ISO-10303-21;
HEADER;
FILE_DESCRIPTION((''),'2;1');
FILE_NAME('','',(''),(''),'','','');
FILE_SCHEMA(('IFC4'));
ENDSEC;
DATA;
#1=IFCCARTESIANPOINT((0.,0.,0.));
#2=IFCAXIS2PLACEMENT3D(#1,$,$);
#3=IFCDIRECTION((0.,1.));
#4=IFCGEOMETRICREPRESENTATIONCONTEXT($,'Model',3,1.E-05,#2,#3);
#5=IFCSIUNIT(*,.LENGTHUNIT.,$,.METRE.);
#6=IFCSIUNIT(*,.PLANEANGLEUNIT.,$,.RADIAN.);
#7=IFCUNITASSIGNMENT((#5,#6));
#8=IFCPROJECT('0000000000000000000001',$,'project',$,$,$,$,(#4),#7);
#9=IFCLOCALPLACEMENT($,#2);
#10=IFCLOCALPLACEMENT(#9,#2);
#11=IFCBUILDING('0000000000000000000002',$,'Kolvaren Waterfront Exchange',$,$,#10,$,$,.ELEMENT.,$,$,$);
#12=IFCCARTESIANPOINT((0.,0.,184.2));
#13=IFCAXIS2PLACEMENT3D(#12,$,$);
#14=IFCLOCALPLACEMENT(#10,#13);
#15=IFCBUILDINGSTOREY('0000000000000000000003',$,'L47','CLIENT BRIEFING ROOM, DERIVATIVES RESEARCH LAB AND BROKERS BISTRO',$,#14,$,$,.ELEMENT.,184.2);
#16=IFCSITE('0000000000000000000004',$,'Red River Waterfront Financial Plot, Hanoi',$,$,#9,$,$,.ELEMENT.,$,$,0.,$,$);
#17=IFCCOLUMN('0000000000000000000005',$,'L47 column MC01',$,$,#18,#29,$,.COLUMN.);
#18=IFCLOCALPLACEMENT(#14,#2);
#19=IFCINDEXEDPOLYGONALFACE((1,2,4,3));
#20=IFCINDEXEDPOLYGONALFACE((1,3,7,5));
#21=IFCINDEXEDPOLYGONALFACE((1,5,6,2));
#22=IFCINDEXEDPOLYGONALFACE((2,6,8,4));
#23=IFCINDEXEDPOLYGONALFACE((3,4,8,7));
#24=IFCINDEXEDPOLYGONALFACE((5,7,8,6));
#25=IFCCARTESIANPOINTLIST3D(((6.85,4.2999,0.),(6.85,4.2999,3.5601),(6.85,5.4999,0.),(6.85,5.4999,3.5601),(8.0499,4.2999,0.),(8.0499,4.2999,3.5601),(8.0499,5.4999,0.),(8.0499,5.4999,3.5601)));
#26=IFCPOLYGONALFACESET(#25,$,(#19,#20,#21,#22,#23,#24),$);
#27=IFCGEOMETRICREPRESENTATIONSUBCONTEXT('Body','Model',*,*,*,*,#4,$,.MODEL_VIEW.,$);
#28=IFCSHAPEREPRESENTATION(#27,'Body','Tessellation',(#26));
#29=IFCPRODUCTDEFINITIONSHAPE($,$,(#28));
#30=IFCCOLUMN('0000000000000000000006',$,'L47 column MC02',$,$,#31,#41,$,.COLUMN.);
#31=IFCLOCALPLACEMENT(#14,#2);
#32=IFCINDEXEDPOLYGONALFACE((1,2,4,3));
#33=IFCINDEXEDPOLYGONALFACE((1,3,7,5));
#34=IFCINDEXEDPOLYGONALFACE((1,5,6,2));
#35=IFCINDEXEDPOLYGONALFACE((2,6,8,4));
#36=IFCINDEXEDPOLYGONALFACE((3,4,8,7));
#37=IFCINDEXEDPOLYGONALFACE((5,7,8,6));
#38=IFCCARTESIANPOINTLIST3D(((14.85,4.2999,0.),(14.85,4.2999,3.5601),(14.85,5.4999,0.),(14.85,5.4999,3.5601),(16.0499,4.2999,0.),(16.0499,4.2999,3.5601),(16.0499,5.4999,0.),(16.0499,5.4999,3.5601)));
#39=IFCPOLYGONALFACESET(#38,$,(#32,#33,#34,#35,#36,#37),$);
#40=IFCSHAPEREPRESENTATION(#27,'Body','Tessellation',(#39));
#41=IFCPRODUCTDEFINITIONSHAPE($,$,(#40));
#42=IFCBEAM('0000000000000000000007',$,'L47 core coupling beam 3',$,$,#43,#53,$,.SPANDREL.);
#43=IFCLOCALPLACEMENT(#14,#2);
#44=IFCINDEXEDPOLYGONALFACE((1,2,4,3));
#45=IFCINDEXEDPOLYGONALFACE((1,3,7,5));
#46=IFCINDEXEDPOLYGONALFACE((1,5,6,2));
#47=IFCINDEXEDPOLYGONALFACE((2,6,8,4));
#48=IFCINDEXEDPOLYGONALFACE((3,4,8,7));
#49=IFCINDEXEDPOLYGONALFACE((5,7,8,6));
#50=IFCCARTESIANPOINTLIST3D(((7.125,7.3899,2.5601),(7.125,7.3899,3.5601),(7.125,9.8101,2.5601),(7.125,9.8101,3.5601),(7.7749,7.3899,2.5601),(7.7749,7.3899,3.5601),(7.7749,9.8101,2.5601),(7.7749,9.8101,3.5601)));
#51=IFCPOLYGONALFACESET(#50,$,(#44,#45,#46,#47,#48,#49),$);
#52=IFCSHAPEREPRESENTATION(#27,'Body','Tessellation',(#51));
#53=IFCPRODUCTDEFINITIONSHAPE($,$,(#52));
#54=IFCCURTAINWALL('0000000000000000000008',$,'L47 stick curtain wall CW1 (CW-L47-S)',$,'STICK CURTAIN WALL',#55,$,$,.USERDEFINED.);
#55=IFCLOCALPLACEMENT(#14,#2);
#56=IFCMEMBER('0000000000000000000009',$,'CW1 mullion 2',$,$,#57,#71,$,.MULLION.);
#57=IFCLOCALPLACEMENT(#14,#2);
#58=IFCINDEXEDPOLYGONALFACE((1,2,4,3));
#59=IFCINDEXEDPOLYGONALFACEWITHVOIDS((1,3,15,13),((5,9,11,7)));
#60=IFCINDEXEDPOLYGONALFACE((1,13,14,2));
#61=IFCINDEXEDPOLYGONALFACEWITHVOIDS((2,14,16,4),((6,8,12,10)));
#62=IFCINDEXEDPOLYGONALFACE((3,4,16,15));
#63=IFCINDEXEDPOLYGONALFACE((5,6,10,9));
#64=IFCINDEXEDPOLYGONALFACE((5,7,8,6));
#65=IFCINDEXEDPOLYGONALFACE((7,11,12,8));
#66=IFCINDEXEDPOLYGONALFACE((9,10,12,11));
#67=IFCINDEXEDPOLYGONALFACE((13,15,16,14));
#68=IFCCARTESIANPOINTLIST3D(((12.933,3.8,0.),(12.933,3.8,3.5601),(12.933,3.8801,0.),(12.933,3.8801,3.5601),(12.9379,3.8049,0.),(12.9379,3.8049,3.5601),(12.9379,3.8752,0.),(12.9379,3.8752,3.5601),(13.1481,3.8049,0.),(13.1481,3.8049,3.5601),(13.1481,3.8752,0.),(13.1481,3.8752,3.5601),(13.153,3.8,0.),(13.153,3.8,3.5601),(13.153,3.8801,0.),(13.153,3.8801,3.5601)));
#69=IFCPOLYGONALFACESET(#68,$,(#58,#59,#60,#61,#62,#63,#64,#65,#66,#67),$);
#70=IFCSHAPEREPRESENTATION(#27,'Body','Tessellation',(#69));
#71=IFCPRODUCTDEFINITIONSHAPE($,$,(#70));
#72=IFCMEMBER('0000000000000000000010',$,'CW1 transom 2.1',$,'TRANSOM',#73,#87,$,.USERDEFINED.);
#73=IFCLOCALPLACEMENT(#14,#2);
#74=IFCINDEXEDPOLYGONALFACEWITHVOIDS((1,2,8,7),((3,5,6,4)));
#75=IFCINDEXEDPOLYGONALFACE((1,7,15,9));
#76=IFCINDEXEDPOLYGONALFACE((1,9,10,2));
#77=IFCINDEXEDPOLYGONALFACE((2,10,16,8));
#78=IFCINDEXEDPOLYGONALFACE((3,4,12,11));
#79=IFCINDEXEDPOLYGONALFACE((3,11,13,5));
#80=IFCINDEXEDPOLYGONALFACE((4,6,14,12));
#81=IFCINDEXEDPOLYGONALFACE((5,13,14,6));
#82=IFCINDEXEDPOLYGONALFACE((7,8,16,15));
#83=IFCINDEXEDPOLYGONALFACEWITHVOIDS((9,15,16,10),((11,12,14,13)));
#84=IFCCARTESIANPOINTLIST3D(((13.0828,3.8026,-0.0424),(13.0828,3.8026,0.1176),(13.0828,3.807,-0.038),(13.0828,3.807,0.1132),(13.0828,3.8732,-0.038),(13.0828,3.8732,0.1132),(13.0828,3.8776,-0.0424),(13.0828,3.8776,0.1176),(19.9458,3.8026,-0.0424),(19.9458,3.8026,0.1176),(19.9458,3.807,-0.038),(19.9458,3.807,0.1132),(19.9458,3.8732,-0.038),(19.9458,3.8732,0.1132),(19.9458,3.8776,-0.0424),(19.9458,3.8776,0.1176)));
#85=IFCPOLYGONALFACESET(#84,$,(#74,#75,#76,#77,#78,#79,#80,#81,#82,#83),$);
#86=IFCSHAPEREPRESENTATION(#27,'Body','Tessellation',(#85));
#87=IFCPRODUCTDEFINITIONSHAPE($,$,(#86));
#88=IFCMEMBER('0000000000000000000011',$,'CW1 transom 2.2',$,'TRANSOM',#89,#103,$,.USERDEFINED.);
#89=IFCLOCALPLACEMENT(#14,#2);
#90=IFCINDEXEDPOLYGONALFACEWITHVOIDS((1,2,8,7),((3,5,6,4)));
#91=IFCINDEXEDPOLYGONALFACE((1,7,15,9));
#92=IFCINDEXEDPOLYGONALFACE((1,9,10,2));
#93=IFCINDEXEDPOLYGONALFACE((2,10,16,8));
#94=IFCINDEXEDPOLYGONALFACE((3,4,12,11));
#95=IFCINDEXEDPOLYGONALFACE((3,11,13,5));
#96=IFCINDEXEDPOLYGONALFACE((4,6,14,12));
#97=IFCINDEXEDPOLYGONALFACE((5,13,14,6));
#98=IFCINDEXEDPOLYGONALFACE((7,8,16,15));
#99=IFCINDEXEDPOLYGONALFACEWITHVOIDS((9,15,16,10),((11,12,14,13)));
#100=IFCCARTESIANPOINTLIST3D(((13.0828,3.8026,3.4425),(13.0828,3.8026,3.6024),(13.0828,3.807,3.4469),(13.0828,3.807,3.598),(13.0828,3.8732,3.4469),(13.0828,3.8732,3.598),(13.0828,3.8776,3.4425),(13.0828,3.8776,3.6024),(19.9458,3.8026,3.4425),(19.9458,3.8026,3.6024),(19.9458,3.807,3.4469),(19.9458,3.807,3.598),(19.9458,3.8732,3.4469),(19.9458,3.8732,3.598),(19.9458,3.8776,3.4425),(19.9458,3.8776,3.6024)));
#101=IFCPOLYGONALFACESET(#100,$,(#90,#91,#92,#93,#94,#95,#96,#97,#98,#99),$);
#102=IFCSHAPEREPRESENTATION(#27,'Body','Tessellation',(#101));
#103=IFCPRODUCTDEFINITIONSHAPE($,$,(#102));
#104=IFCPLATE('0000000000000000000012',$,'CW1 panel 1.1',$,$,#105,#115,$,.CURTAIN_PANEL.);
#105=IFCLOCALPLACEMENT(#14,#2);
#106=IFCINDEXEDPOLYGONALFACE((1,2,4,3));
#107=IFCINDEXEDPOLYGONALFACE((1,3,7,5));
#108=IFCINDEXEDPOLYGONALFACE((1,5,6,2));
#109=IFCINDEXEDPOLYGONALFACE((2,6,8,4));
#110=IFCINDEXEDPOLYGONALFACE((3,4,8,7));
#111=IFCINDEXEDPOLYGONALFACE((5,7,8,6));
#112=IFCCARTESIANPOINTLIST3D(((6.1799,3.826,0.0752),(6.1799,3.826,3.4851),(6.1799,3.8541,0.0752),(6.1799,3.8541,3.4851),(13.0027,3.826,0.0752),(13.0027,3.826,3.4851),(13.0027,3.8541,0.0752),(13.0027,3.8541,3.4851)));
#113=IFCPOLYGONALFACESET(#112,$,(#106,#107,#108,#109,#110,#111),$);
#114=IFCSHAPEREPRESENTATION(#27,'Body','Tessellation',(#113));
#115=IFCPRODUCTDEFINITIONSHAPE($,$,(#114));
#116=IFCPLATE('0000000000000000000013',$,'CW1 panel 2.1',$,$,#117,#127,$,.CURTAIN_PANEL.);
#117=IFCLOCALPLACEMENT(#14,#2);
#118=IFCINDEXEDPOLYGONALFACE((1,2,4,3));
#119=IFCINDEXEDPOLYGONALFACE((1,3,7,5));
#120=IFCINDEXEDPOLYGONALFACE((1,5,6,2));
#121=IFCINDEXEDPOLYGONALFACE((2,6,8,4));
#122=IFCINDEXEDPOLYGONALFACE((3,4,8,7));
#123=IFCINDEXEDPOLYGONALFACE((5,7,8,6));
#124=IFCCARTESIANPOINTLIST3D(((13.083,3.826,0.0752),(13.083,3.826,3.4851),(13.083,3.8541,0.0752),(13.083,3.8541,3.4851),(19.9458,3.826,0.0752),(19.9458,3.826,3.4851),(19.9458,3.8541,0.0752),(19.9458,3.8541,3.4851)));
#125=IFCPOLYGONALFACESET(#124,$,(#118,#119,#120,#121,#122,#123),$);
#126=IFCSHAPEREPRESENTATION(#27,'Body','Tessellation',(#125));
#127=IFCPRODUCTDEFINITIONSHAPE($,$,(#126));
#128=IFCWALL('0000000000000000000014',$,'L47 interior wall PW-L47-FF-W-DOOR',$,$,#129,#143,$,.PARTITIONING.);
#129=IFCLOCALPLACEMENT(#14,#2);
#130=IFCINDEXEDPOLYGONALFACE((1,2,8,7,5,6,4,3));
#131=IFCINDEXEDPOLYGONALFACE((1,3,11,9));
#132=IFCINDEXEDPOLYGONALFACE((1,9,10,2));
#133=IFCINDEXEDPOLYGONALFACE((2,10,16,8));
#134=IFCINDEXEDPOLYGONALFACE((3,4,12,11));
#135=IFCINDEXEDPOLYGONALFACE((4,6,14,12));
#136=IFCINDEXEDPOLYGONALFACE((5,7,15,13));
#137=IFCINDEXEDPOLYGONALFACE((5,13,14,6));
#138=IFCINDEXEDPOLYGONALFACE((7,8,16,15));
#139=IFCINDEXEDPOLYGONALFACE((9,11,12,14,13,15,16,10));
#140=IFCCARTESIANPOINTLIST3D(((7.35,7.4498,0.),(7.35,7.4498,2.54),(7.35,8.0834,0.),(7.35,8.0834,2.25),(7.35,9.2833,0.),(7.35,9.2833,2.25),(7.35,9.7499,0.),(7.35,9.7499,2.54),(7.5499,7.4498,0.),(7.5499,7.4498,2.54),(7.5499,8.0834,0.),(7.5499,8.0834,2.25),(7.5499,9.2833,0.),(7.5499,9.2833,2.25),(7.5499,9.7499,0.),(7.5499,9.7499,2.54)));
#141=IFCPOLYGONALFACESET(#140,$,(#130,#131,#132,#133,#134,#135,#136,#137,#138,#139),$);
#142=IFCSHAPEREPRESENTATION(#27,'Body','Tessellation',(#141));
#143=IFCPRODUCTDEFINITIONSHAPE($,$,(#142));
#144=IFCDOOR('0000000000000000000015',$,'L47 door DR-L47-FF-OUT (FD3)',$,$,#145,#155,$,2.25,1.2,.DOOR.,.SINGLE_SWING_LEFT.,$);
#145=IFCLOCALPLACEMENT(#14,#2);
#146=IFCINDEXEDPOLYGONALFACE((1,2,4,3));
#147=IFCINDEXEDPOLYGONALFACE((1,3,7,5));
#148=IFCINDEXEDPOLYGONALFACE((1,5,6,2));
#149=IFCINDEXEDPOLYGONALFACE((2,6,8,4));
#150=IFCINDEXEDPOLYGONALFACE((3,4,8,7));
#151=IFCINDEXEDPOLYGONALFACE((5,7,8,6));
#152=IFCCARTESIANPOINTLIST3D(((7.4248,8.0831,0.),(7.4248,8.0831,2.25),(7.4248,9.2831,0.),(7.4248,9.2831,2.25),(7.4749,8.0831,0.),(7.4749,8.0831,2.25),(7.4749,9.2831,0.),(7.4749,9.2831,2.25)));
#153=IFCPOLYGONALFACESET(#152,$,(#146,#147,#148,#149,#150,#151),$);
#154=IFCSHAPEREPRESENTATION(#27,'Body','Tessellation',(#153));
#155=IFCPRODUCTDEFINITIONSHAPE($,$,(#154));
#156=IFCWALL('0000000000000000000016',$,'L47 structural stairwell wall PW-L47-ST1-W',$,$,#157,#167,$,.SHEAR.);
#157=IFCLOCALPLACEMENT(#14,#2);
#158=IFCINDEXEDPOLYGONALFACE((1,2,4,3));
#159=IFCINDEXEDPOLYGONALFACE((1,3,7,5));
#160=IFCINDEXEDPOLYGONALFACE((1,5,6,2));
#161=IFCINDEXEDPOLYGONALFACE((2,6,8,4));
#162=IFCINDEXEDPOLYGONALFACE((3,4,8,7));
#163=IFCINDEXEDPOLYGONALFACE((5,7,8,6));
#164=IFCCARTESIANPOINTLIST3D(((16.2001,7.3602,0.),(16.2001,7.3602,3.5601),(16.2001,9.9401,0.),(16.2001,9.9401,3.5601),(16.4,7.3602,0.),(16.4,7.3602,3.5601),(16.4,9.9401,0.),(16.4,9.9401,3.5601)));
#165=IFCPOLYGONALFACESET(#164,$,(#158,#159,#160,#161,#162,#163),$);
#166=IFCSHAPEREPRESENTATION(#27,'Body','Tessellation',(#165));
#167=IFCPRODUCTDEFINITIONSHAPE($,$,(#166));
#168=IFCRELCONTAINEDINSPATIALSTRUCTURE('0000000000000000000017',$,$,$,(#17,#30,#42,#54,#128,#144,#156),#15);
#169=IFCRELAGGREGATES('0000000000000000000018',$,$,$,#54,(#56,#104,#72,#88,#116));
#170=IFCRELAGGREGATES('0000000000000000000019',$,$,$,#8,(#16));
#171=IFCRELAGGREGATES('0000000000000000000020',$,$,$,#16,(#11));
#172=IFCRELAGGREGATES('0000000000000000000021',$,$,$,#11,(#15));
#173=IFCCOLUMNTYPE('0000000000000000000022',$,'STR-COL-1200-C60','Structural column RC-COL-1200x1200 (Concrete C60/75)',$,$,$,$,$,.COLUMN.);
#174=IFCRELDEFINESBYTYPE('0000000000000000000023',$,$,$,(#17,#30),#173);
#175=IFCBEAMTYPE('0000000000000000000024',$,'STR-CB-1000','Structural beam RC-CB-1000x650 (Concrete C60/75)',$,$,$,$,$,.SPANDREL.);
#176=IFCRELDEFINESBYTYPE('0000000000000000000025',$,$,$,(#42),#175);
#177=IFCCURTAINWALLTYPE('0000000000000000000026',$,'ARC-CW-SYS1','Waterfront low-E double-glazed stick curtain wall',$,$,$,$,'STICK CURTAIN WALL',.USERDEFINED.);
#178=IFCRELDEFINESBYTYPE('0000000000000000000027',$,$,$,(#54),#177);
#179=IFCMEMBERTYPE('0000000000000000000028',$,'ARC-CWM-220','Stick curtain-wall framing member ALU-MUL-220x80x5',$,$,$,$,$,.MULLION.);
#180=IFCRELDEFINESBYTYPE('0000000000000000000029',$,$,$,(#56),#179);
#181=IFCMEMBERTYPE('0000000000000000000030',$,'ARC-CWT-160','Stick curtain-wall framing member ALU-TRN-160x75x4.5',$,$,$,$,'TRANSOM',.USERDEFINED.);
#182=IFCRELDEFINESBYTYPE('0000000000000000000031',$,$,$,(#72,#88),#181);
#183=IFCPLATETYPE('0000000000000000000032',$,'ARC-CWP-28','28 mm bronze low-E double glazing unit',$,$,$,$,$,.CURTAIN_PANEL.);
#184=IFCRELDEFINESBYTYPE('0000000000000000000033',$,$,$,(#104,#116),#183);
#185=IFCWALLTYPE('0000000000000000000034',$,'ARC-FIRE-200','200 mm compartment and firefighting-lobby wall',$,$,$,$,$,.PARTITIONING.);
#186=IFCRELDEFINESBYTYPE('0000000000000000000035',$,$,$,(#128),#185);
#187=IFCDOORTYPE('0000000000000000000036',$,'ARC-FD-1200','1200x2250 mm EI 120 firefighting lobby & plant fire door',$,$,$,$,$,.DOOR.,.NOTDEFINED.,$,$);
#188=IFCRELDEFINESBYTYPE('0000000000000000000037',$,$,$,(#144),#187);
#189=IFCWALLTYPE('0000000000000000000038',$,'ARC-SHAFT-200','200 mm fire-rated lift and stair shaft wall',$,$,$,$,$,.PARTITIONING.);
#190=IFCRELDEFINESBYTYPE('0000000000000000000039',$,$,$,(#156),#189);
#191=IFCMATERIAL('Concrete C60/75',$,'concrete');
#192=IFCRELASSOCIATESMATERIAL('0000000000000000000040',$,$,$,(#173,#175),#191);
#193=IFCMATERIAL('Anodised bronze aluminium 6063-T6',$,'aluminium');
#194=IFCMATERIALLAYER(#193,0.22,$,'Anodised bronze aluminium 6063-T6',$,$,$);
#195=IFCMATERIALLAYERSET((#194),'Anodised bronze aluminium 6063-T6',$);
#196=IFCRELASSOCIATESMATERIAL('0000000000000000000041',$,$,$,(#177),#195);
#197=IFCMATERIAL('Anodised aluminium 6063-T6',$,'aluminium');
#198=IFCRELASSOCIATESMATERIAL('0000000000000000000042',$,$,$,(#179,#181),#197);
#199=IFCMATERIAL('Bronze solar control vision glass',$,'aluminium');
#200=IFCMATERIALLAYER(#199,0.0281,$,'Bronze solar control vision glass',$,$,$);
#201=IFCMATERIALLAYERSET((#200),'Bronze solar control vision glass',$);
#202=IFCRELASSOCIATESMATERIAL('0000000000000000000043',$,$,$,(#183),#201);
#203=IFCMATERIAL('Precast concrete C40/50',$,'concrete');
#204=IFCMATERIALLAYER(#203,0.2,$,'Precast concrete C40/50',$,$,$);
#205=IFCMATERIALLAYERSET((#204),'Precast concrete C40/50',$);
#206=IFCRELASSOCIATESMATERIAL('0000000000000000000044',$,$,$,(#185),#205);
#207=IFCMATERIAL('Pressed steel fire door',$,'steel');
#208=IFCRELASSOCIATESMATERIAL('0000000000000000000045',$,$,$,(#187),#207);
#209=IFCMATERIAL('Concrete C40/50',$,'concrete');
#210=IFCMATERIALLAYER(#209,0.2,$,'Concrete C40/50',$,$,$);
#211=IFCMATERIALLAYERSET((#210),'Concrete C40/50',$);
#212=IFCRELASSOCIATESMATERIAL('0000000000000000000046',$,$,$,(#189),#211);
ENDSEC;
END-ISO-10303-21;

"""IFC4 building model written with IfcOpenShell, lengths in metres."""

from ifc_helpers import new_model, si_unit, direction, frame, frame_2d, origin, origin_with_axes, origin_2d, place, context, subcontext, project, spatial, rectangle, hollow_rectangle, extrude, source, transform, mapped, material, layer, layer_set, material_profile, profile_set, type_object, element, fill, aggregate, save


model = new_model("IFC4")

# Units and contexts
model_context = context("Model", 3, precision=1e-05, world=origin(), true_north=direction((0.0, 1.0)))
body_context = subcontext(model_context, "Body", "Model", "MODEL_VIEW")
ifc_project = project(units=[si_unit("LENGTHUNIT", "METRE"), si_unit("PLANEANGLEUNIT", "RADIAN")], contexts=[model_context])

# Site, building, storey
site_placement = place(None, origin())
site = spatial("IfcSite", under=ifc_project, at=site_placement, Name="Red River Waterfront Financial Plot, Hanoi", CompositionType="ELEMENT", RefElevation=0.0)
building_placement = place(site_placement, origin())
building = spatial("IfcBuilding", under=site, at=building_placement, Name="Kolvaren Waterfront Exchange", CompositionType="ELEMENT")
storey_placement = place(building_placement, frame((0.0, 0.0, 184.2)))
storey = spatial("IfcBuildingStorey", under=building, at=storey_placement, Name="L47", Description="CLIENT BRIEFING ROOM, DERIVATIVES RESEARCH LAB AND BROKERS BISTRO", CompositionType="ELEMENT", Elevation=184.2)

# Columns
ifc_material_1 = material(Name="Concrete C60/75", Category="concrete")
ifc_material_profile_1 = material_profile(ifc_material_1, rectangle(XDim=1.2, YDim=1.2, at=origin_2d()), Name="RC-COL-1200x1200")
ifc_profile_set_1 = profile_set([ifc_material_profile_1], Name="Concrete C60/75")
column_type = type_object("IfcColumnType", Name="STR-COL-1200-C60", Description="Structural column RC-COL-1200x1200 (Concrete C60/75)", PredefinedType="COLUMN", material=ifc_profile_set_1)
for number, where, z_axis, x_axis, name in (
    (1, (7.45, 4.8999, 0.0), (0.0, 0.0, 1.0), (1.0, 0.0, 0.0), "L47 column MC01"),
    (2, (15.45, 4.8999, 0.0), (0.0, 0.0, 1.0), (1.0, 0.0, 0.0), "L47 column MC02"),
):
    element("IfcColumn", number, at=place(storey_placement, frame(where, z_axis=z_axis, x_axis=x_axis)), inside=storey, type_object=column_type, Name=name, PredefinedType="COLUMN", context=body_context, shape_type="SweptSolid", body=[
        extrude(rectangle(XDim=1.2, YDim=1.2, at=origin_2d()), origin(), (0.0, 0.0, 1.0), 3.5601),
    ])

# Beam
ifc_material_profile_2 = material_profile(ifc_material_1, rectangle(XDim=0.6499, YDim=1.0, at=origin_2d()), Name="RC-CB-1000x650")
ifc_profile_set_2 = profile_set([ifc_material_profile_2], Name="Concrete C60/75")
beam_type = type_object("IfcBeamType", Name="STR-CB-1000", Description="Structural beam RC-CB-1000x650 (Concrete C60/75)", PredefinedType="SPANDREL", material=ifc_profile_set_2)
beam_placement = place(storey_placement, frame((7.45, 7.3899, 3.0601), z_axis=(0.0, 1.0, 0.0), x_axis=(-1.0, 0.0, 0.0)))
element("IfcBeam", 3, at=beam_placement, inside=storey, type_object=beam_type, Name="L47 core coupling beam 3", PredefinedType="SPANDREL", context=body_context, shape_type="SweptSolid", body=[
    extrude(rectangle(XDim=0.6499, YDim=1.0, at=origin_2d()), origin(), (0.0, 0.0, 1.0), 2.4202),
])

# Curtain wall, members, plates
ifc_material_2 = material(Name="Anodised bronze aluminium 6063-T6", Category="aluminium")
ifc_layer_1 = layer(ifc_material_2, 0.22, Name="Anodised bronze aluminium 6063-T6")
ifc_layer_set_1 = layer_set([ifc_layer_1], Name="Anodised bronze aluminium 6063-T6")
curtain_wall_type = type_object("IfcCurtainWallType", Name="ARC-CW-SYS1", Description="Waterfront low-E double-glazed stick curtain wall", ElementType="STICK CURTAIN WALL", PredefinedType="USERDEFINED", material=ifc_layer_set_1)
curtain_wall_placement = place(storey_placement, origin())
curtain_wall = element("IfcCurtainWall", 4, at=curtain_wall_placement, inside=storey, type_object=curtain_wall_type, Name="L47 stick curtain wall CW1 (CW-L47-S)", ObjectType="STICK CURTAIN WALL", PredefinedType="USERDEFINED")
ifc_material_3 = material(Name="Anodised aluminium 6063-T6", Category="aluminium")
ifc_material_profile_3 = material_profile(ifc_material_3, hollow_rectangle(XDim=0.0801, YDim=0.22, WallThickness=0.0049, at=origin_2d()), Name="ALU-MUL-220x80x5")
ifc_profile_set_3 = profile_set([ifc_material_profile_3], Name="Anodised aluminium 6063-T6")
member_type_1 = type_object("IfcMemberType", Name="ARC-CWM-220", Description="Stick curtain-wall framing member ALU-MUL-220x80x5", PredefinedType="MULLION", material=ifc_profile_set_3)
shared_shape_1 = source(origin_with_axes(), body_context, "Body", "SweptSolid", [
    extrude(hollow_rectangle(XDim=0.0801, YDim=0.22, WallThickness=0.0049, at=origin_2d()), origin(), (0.0, 0.0, 1.0), 3.5601),
])
member_1_placement = place(storey_placement, frame((13.043, 3.8401, 0.0), z_axis=(0.0, 0.0, 1.0), x_axis=(0.0, 1.0, 0.0)))
member_1 = element("IfcMember", 5, at=member_1_placement, type_object=member_type_1, Name="CW1 mullion 2", PredefinedType="MULLION", context=body_context, shape_type="MappedRepresentation", body=[
    mapped(shared_shape_1, transform((0.0, 0.0, 0.0), x_axis=(1.0, 0.0, 0.0), y_axis=(0.0, 1.0, 0.0), z_axis=(0.0, 0.0, 1.0), scale=1.0)),
])
ifc_material_profile_4 = material_profile(ifc_material_3, hollow_rectangle(XDim=0.075, YDim=0.1599, WallThickness=0.0044, at=origin_2d()), Name="ALU-TRN-160x75x4.5")
ifc_profile_set_4 = profile_set([ifc_material_profile_4], Name="Anodised aluminium 6063-T6")
member_type_2 = type_object("IfcMemberType", Name="ARC-CWT-160", Description="Stick curtain-wall framing member ALU-TRN-160x75x4.5", ElementType="TRANSOM", PredefinedType="USERDEFINED", material=ifc_profile_set_4)
shared_shape_2 = source(origin_with_axes(), body_context, "Body", "SweptSolid", [
    extrude(hollow_rectangle(XDim=0.075, YDim=0.1599, WallThickness=0.0044, at=origin_2d()), origin(), (0.0, 0.0, 1.0), 6.863),
])
member_2_placement = place(storey_placement, frame((13.0828, 3.8401, 0.0376), z_axis=(1.0, 0.0, 0.0), x_axis=(0.0, 1.0, 0.0)))
member_2 = element("IfcMember", 6, at=member_2_placement, type_object=member_type_2, Name="CW1 transom 2.1", ObjectType="TRANSOM", PredefinedType="USERDEFINED", context=body_context, shape_type="MappedRepresentation", body=[
    mapped(shared_shape_2, transform((0.0, 0.0, 0.0), x_axis=(1.0, 0.0, 0.0), y_axis=(0.0, 1.0, 0.0), z_axis=(0.0, 0.0, 1.0), scale=1.0)),
])
member_3_placement = place(storey_placement, frame((13.0828, 3.8401, 3.5225), z_axis=(1.0, 0.0, 0.0), x_axis=(0.0, 1.0, 0.0)))
member_3 = element("IfcMember", 7, at=member_3_placement, type_object=member_type_2, Name="CW1 transom 2.2", ObjectType="TRANSOM", PredefinedType="USERDEFINED", context=body_context, shape_type="MappedRepresentation", body=[
    mapped(shared_shape_2, transform((0.0, 0.0, 0.0), x_axis=(1.0, 0.0, 0.0), y_axis=(0.0, 1.0, 0.0), z_axis=(0.0, 0.0, 1.0), scale=1.0)),
])
ifc_material_4 = material(Name="Bronze solar control vision glass", Category="aluminium")
ifc_layer_2 = layer(ifc_material_4, 0.0281, Name="Bronze solar control vision glass")
ifc_layer_set_2 = layer_set([ifc_layer_2], Name="Bronze solar control vision glass")
plate_type = type_object("IfcPlateType", Name="ARC-CWP-28", Description="28 mm bronze low-E double glazing unit", PredefinedType="CURTAIN_PANEL", material=ifc_layer_set_2)
shared_shape_3 = source(origin_with_axes(), body_context, "Body", "SweptSolid", [
    extrude(rectangle(XDim=6.8228, YDim=0.0281, at=origin_2d()), origin(), (0.0, 0.0, 1.0), 3.4099),
])
plate_1_placement = place(storey_placement, frame((9.5913, 3.8401, 0.0752), z_axis=(0.0, 0.0, 1.0), x_axis=(1.0, 0.0, 0.0)))
plate_1 = element("IfcPlate", 8, at=plate_1_placement, type_object=plate_type, Name="CW1 panel 1.1", PredefinedType="CURTAIN_PANEL", context=body_context, shape_type="MappedRepresentation", body=[
    mapped(shared_shape_3, transform((0.0, 0.0, 0.0), x_axis=(1.0, 0.0, 0.0), y_axis=(0.0, 1.0, 0.0), z_axis=(0.0, 0.0, 1.0), scale=1.0)),
])
shared_shape_4 = source(origin_with_axes(), body_context, "Body", "SweptSolid", [
    extrude(rectangle(XDim=6.8628, YDim=0.0281, at=origin_2d()), origin(), (0.0, 0.0, 1.0), 3.4099),
])
plate_2_placement = place(storey_placement, frame((16.5144, 3.8401, 0.0752), z_axis=(0.0, 0.0, 1.0), x_axis=(1.0, 0.0, 0.0)))
plate_2 = element("IfcPlate", 9, at=plate_2_placement, type_object=plate_type, Name="CW1 panel 2.1", PredefinedType="CURTAIN_PANEL", context=body_context, shape_type="MappedRepresentation", body=[
    mapped(shared_shape_4, transform((0.0, 0.0, 0.0), x_axis=(1.0, 0.0, 0.0), y_axis=(0.0, 1.0, 0.0), z_axis=(0.0, 0.0, 1.0), scale=1.0)),
])
aggregate(curtain_wall, [member_1, plate_1, member_2, member_3, plate_2])

# Wall, opening, door
ifc_material_5 = material(Name="Precast concrete C40/50", Category="concrete")
ifc_layer_3 = layer(ifc_material_5, 0.2, Name="Precast concrete C40/50")
ifc_layer_set_3 = layer_set([ifc_layer_3], Name="Precast concrete C40/50")
wall_type_1 = type_object("IfcWallType", Name="ARC-FIRE-200", Description="200 mm compartment and firefighting-lobby wall", PredefinedType="PARTITIONING", material=ifc_layer_set_3)
wall_1_placement = place(storey_placement, frame((7.45, 7.45, 0.0), z_axis=(0.0, 0.0, 1.0), x_axis=(0.0, 1.0, 0.0)))
wall_1 = element("IfcWall", 10, at=wall_1_placement, inside=storey, type_object=wall_type_1, Name="L47 interior wall PW-L47-FF-W-DOOR", PredefinedType="PARTITIONING", context=body_context, shape_type="SweptSolid", body=[
    extrude(rectangle(XDim=2.3, YDim=0.2, at=frame_2d((1.1499, 0.0))), origin(), (0.0, 0.0, 1.0), 2.54),
])
opening_1_placement = place(wall_1_placement, frame((0.6333, 0.0, 0.0)))
opening_1 = element("IfcOpeningElement", 11, at=opening_1_placement, cuts=wall_1, PredefinedType="OPENING", context=body_context, shape_type="SweptSolid", body=[
    extrude(rectangle(XDim=1.2, YDim=2.25, at=frame_2d((0.6001, 1.125))), frame((0.0, 0.1099, 0.0), z_axis=(0.0, -1.0, 0.0), x_axis=(1.0, 0.0, 0.0)), (0.0, 0.0, 1.0), 0.22),
])
ifc_material_6 = material(Name="Pressed steel fire door", Category="steel")
door_type_1 = type_object("IfcDoorType", Name="ARC-FD-1200", Description="1200x2250 mm EI 120 firefighting lobby & plant fire door", OperationType="NOTDEFINED", PredefinedType="DOOR", material=ifc_material_6)
door_1_placement = place(opening_1_placement, frame((1.2, 0.0, 0.0), z_axis=(0.0, 0.0, 1.0), x_axis=(-1.0, 0.0, 0.0)))
door_1 = element("IfcDoor", 12, at=door_1_placement, inside=storey, type_object=door_type_1, Name="L47 door DR-L47-FF-OUT (FD3)", OperationType="SINGLE_SWING_LEFT", OverallHeight=2.25, OverallWidth=1.2, PredefinedType="DOOR", context=body_context, shape_type="SweptSolid", body=[
    extrude(rectangle(XDim=1.2, YDim=2.25, at=frame_2d((0.6001, 1.125))), frame((0.0, 0.0249, 0.0), z_axis=(0.0, -1.0, 0.0), x_axis=(1.0, 0.0, 0.0)), (0.0, 0.0, 1.0), 0.05),
])
fill(opening_1, door_1)

# Wall
ifc_material_7 = material(Name="Concrete C40/50", Category="concrete")
ifc_layer_4 = layer(ifc_material_7, 0.2, Name="Concrete C40/50")
ifc_layer_set_4 = layer_set([ifc_layer_4], Name="Concrete C40/50")
wall_type_2 = type_object("IfcWallType", Name="ARC-SHAFT-200", Description="200 mm fire-rated lift and stair shaft wall", PredefinedType="PARTITIONING", material=ifc_layer_set_4)
wall_2_placement = place(storey_placement, frame((16.3, 7.3601, 0.0), z_axis=(0.0, 0.0, 1.0), x_axis=(0.0, 1.0, 0.0)))
element("IfcWall", 13, at=wall_2_placement, inside=storey, type_object=wall_type_2, Name="L47 structural stairwell wall PW-L47-ST1-W", PredefinedType="SHEAR", context=body_context, shape_type="SweptSolid", body=[
    extrude(rectangle(XDim=2.5798, YDim=0.2, at=frame_2d((1.29, 0.0))), origin(), (0.0, 0.0, 1.0), 3.5601),
])

save(model, "model.ifc")
